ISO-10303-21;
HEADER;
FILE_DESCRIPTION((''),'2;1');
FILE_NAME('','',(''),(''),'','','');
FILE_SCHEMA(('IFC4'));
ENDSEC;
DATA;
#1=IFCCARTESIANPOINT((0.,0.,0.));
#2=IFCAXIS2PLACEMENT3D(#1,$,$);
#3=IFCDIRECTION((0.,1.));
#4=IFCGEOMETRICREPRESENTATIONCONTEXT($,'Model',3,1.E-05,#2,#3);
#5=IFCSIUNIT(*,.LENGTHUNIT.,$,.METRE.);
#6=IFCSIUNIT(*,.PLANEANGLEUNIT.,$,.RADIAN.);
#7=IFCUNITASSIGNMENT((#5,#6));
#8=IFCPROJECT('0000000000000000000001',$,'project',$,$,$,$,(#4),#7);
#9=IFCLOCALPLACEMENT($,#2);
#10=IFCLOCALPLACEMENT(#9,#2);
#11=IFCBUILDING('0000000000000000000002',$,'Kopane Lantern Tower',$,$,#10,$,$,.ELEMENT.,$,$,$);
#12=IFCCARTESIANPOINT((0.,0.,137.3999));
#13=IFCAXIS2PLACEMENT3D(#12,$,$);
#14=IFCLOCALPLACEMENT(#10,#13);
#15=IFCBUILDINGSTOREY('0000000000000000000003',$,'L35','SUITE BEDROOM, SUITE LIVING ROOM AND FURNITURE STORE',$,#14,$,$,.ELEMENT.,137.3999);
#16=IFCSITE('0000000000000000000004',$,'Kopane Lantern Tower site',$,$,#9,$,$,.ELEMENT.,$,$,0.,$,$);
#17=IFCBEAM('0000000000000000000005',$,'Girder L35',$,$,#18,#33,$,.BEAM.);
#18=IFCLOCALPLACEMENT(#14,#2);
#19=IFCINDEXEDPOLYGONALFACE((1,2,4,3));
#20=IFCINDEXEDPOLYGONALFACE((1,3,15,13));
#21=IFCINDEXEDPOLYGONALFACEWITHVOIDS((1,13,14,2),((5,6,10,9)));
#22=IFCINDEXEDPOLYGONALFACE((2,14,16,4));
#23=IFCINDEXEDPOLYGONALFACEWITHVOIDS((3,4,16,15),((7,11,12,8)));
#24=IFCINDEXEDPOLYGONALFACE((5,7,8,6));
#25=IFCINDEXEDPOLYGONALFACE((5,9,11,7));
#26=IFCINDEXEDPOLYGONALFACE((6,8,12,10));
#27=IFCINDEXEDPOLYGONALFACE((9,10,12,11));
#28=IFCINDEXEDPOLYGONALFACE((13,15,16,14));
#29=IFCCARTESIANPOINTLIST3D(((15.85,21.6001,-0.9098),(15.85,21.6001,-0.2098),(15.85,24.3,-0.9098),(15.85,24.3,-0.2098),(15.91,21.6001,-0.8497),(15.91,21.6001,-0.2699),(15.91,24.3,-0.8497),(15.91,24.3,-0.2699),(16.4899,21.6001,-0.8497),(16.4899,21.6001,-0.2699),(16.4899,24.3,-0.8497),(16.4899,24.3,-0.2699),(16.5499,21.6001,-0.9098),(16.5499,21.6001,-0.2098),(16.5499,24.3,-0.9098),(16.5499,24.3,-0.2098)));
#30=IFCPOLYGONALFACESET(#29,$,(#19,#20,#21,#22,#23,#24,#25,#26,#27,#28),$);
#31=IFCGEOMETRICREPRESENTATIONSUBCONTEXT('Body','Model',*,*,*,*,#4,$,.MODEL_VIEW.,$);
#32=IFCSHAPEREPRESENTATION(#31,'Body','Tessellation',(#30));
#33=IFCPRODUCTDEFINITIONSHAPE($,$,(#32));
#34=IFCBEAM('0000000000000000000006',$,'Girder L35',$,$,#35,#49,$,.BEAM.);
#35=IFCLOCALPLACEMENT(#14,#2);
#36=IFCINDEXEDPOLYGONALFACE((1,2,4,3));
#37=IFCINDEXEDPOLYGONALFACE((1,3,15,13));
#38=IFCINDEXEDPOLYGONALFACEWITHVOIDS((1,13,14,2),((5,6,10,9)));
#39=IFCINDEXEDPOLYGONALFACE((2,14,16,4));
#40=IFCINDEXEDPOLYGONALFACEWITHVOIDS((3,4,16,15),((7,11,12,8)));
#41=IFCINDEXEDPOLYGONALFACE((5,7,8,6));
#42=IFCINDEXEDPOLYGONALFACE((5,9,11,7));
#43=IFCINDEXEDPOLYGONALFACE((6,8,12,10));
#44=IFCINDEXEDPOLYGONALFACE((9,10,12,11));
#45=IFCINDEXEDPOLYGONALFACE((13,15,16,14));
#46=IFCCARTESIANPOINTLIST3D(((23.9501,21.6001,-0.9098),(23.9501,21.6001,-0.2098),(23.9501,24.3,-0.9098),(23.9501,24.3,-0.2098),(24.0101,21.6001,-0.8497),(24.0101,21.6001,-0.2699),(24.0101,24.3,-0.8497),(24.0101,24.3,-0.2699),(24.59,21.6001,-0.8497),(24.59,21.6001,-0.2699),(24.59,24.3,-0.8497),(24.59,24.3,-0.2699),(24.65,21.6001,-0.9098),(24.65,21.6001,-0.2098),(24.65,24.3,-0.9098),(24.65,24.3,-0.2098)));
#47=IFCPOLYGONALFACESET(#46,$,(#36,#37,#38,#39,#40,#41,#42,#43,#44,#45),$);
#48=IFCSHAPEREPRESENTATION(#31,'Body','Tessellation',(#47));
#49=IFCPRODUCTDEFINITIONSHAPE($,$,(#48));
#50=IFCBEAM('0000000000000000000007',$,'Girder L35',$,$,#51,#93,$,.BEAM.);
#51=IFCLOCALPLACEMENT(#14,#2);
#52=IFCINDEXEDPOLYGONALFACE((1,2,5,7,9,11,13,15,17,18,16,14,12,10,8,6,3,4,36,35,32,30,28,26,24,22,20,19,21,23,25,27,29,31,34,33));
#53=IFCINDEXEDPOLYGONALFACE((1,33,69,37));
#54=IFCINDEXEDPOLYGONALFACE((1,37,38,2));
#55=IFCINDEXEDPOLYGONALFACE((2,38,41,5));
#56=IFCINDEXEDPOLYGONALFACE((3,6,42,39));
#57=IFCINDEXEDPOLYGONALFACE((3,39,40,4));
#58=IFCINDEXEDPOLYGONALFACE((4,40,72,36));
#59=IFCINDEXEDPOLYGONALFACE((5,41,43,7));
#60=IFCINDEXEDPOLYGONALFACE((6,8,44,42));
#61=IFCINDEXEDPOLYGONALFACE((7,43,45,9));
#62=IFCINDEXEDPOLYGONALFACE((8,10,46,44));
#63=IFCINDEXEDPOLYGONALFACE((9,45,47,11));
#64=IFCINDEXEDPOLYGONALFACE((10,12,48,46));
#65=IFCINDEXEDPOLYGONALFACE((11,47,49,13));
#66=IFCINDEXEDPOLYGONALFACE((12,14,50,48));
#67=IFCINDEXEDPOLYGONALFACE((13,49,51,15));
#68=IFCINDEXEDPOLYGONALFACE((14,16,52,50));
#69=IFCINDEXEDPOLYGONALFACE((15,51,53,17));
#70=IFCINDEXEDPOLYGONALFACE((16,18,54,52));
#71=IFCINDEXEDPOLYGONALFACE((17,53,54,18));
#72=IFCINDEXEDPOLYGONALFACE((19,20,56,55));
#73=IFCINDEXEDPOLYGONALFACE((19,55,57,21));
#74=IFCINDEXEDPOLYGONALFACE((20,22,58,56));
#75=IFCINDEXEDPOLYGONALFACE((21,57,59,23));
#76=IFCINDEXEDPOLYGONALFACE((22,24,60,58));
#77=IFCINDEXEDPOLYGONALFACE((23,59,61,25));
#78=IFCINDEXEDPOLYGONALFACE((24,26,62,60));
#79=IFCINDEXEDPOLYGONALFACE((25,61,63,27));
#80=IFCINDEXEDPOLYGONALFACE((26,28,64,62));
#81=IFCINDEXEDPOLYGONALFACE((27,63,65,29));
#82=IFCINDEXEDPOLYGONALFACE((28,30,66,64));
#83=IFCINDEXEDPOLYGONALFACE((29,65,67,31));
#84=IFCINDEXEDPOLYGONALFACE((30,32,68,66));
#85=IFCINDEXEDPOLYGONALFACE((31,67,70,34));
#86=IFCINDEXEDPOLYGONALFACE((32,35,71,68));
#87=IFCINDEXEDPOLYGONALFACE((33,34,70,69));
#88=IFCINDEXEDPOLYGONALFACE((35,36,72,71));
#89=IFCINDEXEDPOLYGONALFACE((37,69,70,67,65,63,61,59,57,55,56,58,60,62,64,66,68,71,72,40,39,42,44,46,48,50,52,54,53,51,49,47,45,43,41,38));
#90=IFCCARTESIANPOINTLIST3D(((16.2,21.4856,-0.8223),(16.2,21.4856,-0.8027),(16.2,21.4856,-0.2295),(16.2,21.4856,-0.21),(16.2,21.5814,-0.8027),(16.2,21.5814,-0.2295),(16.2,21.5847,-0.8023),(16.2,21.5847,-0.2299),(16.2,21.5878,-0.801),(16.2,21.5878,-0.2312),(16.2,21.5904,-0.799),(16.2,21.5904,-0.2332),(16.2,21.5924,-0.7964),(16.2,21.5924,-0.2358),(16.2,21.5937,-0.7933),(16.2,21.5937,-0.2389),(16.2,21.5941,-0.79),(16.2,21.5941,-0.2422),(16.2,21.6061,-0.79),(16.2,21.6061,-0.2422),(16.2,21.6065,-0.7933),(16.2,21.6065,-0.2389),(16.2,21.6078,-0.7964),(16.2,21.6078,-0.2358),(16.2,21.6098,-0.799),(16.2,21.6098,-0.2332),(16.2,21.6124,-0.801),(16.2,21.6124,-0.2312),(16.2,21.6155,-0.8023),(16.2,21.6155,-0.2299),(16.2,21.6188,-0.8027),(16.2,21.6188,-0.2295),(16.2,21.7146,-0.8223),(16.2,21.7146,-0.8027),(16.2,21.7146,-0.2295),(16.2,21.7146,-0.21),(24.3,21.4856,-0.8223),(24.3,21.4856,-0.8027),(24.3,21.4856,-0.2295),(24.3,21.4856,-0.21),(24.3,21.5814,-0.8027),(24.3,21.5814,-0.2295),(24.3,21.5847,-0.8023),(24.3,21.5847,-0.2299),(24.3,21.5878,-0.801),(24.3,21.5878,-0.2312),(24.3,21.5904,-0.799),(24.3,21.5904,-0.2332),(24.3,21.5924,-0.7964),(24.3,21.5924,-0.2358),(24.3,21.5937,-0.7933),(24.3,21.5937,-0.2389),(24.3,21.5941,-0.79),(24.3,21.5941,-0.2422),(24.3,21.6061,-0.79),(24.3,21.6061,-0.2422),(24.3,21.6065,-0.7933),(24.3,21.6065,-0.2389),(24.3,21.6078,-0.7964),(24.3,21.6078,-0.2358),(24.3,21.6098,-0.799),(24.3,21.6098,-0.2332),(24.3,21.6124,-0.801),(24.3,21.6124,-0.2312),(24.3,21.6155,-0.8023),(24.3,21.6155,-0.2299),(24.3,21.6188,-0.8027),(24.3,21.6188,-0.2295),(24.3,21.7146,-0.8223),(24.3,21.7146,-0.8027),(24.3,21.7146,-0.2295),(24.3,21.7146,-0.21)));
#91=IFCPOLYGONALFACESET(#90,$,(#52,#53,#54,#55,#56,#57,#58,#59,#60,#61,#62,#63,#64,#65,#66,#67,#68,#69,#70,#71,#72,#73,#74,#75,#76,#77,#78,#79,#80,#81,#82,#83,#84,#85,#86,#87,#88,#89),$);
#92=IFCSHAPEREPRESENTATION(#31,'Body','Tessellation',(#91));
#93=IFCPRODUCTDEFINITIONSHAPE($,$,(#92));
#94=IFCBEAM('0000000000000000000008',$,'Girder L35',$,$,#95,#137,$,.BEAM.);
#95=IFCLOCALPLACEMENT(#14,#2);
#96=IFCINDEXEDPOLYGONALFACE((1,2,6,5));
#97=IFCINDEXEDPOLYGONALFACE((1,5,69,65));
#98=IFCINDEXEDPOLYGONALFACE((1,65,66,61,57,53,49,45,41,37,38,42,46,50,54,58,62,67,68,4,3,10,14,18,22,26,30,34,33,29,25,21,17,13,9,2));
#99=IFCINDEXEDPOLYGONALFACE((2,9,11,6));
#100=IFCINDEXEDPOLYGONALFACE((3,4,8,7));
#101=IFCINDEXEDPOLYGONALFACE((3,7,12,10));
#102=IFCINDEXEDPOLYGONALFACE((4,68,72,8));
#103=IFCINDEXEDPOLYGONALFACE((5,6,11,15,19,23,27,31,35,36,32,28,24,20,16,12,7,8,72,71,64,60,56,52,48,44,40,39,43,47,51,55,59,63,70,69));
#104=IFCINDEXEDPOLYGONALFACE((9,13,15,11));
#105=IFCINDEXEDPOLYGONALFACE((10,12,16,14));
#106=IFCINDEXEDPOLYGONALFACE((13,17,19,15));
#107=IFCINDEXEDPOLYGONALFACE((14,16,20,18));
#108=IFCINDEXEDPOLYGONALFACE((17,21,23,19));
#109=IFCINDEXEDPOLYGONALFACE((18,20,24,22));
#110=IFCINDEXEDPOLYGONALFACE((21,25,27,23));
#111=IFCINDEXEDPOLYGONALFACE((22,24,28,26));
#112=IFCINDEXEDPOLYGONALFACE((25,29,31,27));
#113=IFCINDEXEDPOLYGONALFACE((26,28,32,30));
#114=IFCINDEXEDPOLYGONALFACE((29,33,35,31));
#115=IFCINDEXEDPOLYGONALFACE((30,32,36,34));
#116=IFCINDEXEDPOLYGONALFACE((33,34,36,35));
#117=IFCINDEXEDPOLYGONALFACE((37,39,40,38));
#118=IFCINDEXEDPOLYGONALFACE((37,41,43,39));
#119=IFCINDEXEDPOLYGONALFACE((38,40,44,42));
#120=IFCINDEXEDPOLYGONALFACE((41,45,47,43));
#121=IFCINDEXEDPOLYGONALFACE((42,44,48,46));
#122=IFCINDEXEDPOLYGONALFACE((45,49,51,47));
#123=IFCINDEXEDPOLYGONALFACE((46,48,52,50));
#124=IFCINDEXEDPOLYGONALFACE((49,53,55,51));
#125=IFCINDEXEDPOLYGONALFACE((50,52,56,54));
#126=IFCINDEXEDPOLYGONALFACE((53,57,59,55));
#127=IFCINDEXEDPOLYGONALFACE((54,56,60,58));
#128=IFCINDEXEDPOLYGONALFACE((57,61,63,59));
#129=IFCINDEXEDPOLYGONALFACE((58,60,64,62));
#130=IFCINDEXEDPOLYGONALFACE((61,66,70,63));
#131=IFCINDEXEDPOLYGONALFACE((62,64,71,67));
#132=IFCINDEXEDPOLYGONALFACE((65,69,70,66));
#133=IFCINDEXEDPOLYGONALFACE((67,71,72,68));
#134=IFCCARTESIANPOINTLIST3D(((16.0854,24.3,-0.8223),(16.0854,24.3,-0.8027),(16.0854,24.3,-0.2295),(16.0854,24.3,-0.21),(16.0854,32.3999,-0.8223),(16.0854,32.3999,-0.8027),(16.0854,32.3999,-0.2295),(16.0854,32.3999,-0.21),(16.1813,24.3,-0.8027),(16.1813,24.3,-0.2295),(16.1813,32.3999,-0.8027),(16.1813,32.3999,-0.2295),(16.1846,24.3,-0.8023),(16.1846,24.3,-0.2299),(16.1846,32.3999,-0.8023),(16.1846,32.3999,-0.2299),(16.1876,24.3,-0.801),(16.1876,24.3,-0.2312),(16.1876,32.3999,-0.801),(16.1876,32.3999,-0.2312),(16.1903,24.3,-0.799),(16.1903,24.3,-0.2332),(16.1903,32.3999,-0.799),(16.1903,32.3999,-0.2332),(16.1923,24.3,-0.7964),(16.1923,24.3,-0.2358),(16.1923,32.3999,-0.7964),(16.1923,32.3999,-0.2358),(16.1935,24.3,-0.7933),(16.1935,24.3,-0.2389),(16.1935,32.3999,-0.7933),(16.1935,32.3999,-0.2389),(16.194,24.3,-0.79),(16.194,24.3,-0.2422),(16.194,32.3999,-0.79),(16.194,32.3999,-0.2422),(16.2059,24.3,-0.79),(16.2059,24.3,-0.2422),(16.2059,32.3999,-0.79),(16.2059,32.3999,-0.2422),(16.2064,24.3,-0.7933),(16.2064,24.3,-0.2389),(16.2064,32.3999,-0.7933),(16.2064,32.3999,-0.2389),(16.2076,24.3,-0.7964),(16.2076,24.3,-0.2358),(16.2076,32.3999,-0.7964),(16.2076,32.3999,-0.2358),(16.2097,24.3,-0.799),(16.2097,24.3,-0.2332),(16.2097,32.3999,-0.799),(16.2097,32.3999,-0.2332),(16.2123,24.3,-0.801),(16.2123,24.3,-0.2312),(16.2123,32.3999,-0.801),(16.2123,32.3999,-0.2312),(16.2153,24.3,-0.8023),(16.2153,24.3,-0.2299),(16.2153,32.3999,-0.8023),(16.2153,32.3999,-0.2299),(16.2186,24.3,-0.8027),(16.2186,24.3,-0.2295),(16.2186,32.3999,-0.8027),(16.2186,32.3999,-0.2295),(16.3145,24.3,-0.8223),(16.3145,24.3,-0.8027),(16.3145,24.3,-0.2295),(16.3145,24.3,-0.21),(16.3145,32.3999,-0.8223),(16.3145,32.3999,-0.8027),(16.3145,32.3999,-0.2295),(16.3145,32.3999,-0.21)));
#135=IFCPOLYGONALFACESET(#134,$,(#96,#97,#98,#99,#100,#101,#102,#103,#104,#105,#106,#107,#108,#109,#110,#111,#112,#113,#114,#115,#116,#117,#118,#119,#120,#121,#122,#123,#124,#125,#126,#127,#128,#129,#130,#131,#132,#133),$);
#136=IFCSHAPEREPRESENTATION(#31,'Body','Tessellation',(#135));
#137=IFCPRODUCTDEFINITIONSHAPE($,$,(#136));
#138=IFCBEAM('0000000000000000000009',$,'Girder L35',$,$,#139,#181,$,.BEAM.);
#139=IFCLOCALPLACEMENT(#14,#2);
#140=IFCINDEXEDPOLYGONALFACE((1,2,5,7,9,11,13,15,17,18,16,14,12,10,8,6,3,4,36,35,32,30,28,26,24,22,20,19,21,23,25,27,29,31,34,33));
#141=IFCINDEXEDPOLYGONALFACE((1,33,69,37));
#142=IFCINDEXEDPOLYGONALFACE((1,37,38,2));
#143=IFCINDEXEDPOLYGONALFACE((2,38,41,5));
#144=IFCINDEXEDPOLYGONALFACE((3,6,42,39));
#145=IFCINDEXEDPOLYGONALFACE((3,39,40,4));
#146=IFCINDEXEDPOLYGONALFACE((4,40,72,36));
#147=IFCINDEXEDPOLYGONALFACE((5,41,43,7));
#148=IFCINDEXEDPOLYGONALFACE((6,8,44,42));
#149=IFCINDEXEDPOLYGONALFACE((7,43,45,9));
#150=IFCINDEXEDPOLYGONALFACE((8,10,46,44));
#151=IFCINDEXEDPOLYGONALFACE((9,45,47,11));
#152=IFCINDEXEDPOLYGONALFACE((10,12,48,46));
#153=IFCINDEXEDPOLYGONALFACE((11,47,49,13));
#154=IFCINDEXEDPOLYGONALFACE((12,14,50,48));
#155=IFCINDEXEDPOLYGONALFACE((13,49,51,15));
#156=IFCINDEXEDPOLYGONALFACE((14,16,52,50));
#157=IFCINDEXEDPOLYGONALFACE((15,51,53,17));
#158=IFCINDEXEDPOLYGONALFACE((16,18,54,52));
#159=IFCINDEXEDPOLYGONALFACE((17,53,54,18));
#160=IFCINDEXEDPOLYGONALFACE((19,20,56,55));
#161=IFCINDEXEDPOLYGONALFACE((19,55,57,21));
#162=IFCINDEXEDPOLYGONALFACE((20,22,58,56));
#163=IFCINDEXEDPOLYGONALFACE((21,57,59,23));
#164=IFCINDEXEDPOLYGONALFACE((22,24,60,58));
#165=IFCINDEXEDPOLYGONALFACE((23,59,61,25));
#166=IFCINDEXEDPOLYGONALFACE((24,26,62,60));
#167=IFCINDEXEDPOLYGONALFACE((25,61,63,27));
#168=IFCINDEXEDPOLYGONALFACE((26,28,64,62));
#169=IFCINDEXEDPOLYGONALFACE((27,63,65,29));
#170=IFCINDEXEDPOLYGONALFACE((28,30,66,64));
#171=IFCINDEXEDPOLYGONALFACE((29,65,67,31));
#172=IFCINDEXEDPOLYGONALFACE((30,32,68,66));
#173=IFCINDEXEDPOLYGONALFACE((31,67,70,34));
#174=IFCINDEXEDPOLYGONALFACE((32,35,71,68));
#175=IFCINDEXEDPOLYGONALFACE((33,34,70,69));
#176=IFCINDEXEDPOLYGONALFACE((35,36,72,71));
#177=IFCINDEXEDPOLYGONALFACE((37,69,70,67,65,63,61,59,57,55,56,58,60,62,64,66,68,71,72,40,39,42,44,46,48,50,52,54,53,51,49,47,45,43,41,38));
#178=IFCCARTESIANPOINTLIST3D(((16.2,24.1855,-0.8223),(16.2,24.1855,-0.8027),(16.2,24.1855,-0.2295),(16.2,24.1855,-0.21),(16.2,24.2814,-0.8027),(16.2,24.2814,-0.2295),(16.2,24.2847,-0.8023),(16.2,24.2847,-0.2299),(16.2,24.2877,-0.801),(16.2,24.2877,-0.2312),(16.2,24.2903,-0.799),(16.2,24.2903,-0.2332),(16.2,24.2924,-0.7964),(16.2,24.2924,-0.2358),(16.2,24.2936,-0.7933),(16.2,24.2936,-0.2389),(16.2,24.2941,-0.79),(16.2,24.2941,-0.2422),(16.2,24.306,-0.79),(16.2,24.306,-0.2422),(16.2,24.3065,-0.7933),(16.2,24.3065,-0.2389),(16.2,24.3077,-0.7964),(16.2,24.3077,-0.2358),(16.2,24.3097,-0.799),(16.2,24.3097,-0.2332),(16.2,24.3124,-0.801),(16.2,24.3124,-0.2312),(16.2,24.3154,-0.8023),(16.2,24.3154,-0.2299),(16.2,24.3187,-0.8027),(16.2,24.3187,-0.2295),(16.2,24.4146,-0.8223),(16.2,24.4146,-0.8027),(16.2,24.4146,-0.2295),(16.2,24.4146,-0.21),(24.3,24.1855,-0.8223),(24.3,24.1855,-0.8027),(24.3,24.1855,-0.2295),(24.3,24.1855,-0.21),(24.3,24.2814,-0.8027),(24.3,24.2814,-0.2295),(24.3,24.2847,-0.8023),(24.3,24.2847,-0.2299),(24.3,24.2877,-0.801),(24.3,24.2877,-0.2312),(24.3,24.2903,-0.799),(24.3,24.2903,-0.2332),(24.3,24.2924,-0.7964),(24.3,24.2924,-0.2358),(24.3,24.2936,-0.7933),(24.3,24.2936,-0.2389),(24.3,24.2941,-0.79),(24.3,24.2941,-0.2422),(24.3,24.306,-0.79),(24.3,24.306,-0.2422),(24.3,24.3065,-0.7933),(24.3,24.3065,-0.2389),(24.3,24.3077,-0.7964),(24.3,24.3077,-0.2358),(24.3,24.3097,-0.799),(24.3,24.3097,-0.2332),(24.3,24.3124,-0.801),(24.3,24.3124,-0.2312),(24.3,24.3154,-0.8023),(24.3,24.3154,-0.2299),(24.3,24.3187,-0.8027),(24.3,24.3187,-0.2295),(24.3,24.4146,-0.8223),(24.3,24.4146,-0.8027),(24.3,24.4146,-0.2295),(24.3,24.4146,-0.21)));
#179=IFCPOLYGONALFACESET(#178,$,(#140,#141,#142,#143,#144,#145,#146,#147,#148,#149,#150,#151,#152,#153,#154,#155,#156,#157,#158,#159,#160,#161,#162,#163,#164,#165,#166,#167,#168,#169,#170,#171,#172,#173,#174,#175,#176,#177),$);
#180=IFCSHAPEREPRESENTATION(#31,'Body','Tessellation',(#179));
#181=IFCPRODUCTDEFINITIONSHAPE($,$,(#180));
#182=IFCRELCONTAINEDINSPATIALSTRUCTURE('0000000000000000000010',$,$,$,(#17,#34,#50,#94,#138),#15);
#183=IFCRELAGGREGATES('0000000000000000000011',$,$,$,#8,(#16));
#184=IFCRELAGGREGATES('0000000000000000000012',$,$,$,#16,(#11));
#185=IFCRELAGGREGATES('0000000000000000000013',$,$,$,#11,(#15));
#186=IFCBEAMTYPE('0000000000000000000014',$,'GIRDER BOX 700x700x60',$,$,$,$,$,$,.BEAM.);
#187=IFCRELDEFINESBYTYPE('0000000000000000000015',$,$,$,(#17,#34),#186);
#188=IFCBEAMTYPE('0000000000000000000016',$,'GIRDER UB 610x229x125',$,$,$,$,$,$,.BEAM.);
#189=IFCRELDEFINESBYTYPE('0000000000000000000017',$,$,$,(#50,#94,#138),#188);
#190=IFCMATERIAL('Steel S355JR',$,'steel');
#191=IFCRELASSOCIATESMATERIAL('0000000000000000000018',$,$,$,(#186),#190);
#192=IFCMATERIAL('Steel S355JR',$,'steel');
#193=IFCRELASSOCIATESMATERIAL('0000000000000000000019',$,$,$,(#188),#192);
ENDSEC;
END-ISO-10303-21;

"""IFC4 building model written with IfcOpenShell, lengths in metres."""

from ifc_helpers import new_model, si_unit, direction, frame, origin, origin_2d, place, context, subcontext, project, spatial, hollow_rectangle, i_section, extrude, material, material_profile, profile_set, type_object, element, save


model = new_model("IFC4")

# Units and contexts
model_context = context("Model", 3, precision=1e-05, world=origin(), true_north=direction((0.0, 1.0)))
body_context = subcontext(model_context, "Body", "Model", "MODEL_VIEW")
ifc_project = project(units=[si_unit("LENGTHUNIT", "METRE"), si_unit("PLANEANGLEUNIT", "RADIAN")], contexts=[model_context])

# Site, building, storey
site_placement = place(None, origin())
site = spatial("IfcSite", under=ifc_project, at=site_placement, Name="Kopane Lantern Tower site", CompositionType="ELEMENT", RefElevation=0.0)
building_placement = place(site_placement, origin())
building = spatial("IfcBuilding", under=site, at=building_placement, Name="Kopane Lantern Tower", CompositionType="ELEMENT")
storey_placement = place(building_placement, frame((0.0, 0.0, 137.3999)))
storey = spatial("IfcBuildingStorey", under=building, at=storey_placement, Name="L35", Description="SUITE BEDROOM, SUITE LIVING ROOM AND FURNITURE STORE", CompositionType="ELEMENT", Elevation=137.3999)

# Beams
ifc_material_1 = material(Name="Steel S355JR", Category="steel")
ifc_material_profile_1 = material_profile(ifc_material_1, hollow_rectangle(XDim=0.7, YDim=0.7, WallThickness=0.0601, at=origin_2d()), Name="BOX 700x700x60")
ifc_profile_set_1 = profile_set([ifc_material_profile_1], Name="Steel S355JR")
beam_type_1 = type_object("IfcBeamType", Name="GIRDER BOX 700x700x60", PredefinedType="BEAM", material=ifc_profile_set_1)
for number, where, z_axis, x_axis, name in (
    (1, (16.2, 21.6001, -0.5598), (0.0, 1.0, 0.0), (-1.0, 0.0, 0.0), "Girder L35"),
    (2, (24.3, 21.6001, -0.5598), (0.0, 1.0, 0.0), (-1.0, 0.0, 0.0), "Girder L35"),
):
    element("IfcBeam", number, at=place(storey_placement, frame(where, z_axis=z_axis, x_axis=x_axis)), inside=storey, type_object=beam_type_1, Name=name, PredefinedType="BEAM", context=body_context, shape_type="SweptSolid", body=[
        extrude(hollow_rectangle(XDim=0.7, YDim=0.7, WallThickness=0.0601, at=origin_2d()), origin(), (0.0, 0.0, 1.0), 2.7),
    ])
ifc_material_2 = material(Name="Steel S355JR", Category="steel")
ifc_material_profile_2 = material_profile(ifc_material_2, i_section(OverallWidth=0.229, OverallDepth=0.6123, WebThickness=0.012, FlangeThickness=0.0195, FilletRadius=0.0127, at=origin_2d()), Name="UB 610x229x125")
ifc_profile_set_2 = profile_set([ifc_material_profile_2], Name="Steel S355JR")
beam_type_2 = type_object("IfcBeamType", Name="GIRDER UB 610x229x125", PredefinedType="BEAM", material=ifc_profile_set_2)
beam_1_placement = place(storey_placement, frame((16.2, 21.6001, -0.5161), z_axis=(1.0, 0.0, 0.0), x_axis=(0.0, 1.0, 0.0)))
element("IfcBeam", 3, at=beam_1_placement, inside=storey, type_object=beam_type_2, Name="Girder L35", PredefinedType="BEAM", context=body_context, shape_type="SweptSolid", body=[
    extrude(i_section(OverallWidth=0.229, OverallDepth=0.6123, WebThickness=0.012, FlangeThickness=0.0195, FilletRadius=0.0127, at=origin_2d()), origin(), (0.0, 0.0, 1.0), 8.1001),
])
beam_2_placement = place(storey_placement, frame((16.2, 24.3, -0.5161), z_axis=(0.0, 1.0, 0.0), x_axis=(-1.0, 0.0, 0.0)))
element("IfcBeam", 4, at=beam_2_placement, inside=storey, type_object=beam_type_2, Name="Girder L35", PredefinedType="BEAM", context=body_context, shape_type="SweptSolid", body=[
    extrude(i_section(OverallWidth=0.229, OverallDepth=0.6123, WebThickness=0.012, FlangeThickness=0.0195, FilletRadius=0.0127, at=origin_2d()), origin(), (0.0, 0.0, 1.0), 8.0999),
])
beam_3_placement = place(storey_placement, frame((16.2, 24.3, -0.5161), z_axis=(1.0, 0.0, 0.0), x_axis=(0.0, 1.0, 0.0)))
element("IfcBeam", 5, at=beam_3_placement, inside=storey, type_object=beam_type_2, Name="Girder L35", PredefinedType="BEAM", context=body_context, shape_type="SweptSolid", body=[
    extrude(i_section(OverallWidth=0.229, OverallDepth=0.6123, WebThickness=0.012, FlangeThickness=0.0195, FilletRadius=0.0127, at=origin_2d()), origin(), (0.0, 0.0, 1.0), 8.1001),
])

save(model, "model.ifc")
